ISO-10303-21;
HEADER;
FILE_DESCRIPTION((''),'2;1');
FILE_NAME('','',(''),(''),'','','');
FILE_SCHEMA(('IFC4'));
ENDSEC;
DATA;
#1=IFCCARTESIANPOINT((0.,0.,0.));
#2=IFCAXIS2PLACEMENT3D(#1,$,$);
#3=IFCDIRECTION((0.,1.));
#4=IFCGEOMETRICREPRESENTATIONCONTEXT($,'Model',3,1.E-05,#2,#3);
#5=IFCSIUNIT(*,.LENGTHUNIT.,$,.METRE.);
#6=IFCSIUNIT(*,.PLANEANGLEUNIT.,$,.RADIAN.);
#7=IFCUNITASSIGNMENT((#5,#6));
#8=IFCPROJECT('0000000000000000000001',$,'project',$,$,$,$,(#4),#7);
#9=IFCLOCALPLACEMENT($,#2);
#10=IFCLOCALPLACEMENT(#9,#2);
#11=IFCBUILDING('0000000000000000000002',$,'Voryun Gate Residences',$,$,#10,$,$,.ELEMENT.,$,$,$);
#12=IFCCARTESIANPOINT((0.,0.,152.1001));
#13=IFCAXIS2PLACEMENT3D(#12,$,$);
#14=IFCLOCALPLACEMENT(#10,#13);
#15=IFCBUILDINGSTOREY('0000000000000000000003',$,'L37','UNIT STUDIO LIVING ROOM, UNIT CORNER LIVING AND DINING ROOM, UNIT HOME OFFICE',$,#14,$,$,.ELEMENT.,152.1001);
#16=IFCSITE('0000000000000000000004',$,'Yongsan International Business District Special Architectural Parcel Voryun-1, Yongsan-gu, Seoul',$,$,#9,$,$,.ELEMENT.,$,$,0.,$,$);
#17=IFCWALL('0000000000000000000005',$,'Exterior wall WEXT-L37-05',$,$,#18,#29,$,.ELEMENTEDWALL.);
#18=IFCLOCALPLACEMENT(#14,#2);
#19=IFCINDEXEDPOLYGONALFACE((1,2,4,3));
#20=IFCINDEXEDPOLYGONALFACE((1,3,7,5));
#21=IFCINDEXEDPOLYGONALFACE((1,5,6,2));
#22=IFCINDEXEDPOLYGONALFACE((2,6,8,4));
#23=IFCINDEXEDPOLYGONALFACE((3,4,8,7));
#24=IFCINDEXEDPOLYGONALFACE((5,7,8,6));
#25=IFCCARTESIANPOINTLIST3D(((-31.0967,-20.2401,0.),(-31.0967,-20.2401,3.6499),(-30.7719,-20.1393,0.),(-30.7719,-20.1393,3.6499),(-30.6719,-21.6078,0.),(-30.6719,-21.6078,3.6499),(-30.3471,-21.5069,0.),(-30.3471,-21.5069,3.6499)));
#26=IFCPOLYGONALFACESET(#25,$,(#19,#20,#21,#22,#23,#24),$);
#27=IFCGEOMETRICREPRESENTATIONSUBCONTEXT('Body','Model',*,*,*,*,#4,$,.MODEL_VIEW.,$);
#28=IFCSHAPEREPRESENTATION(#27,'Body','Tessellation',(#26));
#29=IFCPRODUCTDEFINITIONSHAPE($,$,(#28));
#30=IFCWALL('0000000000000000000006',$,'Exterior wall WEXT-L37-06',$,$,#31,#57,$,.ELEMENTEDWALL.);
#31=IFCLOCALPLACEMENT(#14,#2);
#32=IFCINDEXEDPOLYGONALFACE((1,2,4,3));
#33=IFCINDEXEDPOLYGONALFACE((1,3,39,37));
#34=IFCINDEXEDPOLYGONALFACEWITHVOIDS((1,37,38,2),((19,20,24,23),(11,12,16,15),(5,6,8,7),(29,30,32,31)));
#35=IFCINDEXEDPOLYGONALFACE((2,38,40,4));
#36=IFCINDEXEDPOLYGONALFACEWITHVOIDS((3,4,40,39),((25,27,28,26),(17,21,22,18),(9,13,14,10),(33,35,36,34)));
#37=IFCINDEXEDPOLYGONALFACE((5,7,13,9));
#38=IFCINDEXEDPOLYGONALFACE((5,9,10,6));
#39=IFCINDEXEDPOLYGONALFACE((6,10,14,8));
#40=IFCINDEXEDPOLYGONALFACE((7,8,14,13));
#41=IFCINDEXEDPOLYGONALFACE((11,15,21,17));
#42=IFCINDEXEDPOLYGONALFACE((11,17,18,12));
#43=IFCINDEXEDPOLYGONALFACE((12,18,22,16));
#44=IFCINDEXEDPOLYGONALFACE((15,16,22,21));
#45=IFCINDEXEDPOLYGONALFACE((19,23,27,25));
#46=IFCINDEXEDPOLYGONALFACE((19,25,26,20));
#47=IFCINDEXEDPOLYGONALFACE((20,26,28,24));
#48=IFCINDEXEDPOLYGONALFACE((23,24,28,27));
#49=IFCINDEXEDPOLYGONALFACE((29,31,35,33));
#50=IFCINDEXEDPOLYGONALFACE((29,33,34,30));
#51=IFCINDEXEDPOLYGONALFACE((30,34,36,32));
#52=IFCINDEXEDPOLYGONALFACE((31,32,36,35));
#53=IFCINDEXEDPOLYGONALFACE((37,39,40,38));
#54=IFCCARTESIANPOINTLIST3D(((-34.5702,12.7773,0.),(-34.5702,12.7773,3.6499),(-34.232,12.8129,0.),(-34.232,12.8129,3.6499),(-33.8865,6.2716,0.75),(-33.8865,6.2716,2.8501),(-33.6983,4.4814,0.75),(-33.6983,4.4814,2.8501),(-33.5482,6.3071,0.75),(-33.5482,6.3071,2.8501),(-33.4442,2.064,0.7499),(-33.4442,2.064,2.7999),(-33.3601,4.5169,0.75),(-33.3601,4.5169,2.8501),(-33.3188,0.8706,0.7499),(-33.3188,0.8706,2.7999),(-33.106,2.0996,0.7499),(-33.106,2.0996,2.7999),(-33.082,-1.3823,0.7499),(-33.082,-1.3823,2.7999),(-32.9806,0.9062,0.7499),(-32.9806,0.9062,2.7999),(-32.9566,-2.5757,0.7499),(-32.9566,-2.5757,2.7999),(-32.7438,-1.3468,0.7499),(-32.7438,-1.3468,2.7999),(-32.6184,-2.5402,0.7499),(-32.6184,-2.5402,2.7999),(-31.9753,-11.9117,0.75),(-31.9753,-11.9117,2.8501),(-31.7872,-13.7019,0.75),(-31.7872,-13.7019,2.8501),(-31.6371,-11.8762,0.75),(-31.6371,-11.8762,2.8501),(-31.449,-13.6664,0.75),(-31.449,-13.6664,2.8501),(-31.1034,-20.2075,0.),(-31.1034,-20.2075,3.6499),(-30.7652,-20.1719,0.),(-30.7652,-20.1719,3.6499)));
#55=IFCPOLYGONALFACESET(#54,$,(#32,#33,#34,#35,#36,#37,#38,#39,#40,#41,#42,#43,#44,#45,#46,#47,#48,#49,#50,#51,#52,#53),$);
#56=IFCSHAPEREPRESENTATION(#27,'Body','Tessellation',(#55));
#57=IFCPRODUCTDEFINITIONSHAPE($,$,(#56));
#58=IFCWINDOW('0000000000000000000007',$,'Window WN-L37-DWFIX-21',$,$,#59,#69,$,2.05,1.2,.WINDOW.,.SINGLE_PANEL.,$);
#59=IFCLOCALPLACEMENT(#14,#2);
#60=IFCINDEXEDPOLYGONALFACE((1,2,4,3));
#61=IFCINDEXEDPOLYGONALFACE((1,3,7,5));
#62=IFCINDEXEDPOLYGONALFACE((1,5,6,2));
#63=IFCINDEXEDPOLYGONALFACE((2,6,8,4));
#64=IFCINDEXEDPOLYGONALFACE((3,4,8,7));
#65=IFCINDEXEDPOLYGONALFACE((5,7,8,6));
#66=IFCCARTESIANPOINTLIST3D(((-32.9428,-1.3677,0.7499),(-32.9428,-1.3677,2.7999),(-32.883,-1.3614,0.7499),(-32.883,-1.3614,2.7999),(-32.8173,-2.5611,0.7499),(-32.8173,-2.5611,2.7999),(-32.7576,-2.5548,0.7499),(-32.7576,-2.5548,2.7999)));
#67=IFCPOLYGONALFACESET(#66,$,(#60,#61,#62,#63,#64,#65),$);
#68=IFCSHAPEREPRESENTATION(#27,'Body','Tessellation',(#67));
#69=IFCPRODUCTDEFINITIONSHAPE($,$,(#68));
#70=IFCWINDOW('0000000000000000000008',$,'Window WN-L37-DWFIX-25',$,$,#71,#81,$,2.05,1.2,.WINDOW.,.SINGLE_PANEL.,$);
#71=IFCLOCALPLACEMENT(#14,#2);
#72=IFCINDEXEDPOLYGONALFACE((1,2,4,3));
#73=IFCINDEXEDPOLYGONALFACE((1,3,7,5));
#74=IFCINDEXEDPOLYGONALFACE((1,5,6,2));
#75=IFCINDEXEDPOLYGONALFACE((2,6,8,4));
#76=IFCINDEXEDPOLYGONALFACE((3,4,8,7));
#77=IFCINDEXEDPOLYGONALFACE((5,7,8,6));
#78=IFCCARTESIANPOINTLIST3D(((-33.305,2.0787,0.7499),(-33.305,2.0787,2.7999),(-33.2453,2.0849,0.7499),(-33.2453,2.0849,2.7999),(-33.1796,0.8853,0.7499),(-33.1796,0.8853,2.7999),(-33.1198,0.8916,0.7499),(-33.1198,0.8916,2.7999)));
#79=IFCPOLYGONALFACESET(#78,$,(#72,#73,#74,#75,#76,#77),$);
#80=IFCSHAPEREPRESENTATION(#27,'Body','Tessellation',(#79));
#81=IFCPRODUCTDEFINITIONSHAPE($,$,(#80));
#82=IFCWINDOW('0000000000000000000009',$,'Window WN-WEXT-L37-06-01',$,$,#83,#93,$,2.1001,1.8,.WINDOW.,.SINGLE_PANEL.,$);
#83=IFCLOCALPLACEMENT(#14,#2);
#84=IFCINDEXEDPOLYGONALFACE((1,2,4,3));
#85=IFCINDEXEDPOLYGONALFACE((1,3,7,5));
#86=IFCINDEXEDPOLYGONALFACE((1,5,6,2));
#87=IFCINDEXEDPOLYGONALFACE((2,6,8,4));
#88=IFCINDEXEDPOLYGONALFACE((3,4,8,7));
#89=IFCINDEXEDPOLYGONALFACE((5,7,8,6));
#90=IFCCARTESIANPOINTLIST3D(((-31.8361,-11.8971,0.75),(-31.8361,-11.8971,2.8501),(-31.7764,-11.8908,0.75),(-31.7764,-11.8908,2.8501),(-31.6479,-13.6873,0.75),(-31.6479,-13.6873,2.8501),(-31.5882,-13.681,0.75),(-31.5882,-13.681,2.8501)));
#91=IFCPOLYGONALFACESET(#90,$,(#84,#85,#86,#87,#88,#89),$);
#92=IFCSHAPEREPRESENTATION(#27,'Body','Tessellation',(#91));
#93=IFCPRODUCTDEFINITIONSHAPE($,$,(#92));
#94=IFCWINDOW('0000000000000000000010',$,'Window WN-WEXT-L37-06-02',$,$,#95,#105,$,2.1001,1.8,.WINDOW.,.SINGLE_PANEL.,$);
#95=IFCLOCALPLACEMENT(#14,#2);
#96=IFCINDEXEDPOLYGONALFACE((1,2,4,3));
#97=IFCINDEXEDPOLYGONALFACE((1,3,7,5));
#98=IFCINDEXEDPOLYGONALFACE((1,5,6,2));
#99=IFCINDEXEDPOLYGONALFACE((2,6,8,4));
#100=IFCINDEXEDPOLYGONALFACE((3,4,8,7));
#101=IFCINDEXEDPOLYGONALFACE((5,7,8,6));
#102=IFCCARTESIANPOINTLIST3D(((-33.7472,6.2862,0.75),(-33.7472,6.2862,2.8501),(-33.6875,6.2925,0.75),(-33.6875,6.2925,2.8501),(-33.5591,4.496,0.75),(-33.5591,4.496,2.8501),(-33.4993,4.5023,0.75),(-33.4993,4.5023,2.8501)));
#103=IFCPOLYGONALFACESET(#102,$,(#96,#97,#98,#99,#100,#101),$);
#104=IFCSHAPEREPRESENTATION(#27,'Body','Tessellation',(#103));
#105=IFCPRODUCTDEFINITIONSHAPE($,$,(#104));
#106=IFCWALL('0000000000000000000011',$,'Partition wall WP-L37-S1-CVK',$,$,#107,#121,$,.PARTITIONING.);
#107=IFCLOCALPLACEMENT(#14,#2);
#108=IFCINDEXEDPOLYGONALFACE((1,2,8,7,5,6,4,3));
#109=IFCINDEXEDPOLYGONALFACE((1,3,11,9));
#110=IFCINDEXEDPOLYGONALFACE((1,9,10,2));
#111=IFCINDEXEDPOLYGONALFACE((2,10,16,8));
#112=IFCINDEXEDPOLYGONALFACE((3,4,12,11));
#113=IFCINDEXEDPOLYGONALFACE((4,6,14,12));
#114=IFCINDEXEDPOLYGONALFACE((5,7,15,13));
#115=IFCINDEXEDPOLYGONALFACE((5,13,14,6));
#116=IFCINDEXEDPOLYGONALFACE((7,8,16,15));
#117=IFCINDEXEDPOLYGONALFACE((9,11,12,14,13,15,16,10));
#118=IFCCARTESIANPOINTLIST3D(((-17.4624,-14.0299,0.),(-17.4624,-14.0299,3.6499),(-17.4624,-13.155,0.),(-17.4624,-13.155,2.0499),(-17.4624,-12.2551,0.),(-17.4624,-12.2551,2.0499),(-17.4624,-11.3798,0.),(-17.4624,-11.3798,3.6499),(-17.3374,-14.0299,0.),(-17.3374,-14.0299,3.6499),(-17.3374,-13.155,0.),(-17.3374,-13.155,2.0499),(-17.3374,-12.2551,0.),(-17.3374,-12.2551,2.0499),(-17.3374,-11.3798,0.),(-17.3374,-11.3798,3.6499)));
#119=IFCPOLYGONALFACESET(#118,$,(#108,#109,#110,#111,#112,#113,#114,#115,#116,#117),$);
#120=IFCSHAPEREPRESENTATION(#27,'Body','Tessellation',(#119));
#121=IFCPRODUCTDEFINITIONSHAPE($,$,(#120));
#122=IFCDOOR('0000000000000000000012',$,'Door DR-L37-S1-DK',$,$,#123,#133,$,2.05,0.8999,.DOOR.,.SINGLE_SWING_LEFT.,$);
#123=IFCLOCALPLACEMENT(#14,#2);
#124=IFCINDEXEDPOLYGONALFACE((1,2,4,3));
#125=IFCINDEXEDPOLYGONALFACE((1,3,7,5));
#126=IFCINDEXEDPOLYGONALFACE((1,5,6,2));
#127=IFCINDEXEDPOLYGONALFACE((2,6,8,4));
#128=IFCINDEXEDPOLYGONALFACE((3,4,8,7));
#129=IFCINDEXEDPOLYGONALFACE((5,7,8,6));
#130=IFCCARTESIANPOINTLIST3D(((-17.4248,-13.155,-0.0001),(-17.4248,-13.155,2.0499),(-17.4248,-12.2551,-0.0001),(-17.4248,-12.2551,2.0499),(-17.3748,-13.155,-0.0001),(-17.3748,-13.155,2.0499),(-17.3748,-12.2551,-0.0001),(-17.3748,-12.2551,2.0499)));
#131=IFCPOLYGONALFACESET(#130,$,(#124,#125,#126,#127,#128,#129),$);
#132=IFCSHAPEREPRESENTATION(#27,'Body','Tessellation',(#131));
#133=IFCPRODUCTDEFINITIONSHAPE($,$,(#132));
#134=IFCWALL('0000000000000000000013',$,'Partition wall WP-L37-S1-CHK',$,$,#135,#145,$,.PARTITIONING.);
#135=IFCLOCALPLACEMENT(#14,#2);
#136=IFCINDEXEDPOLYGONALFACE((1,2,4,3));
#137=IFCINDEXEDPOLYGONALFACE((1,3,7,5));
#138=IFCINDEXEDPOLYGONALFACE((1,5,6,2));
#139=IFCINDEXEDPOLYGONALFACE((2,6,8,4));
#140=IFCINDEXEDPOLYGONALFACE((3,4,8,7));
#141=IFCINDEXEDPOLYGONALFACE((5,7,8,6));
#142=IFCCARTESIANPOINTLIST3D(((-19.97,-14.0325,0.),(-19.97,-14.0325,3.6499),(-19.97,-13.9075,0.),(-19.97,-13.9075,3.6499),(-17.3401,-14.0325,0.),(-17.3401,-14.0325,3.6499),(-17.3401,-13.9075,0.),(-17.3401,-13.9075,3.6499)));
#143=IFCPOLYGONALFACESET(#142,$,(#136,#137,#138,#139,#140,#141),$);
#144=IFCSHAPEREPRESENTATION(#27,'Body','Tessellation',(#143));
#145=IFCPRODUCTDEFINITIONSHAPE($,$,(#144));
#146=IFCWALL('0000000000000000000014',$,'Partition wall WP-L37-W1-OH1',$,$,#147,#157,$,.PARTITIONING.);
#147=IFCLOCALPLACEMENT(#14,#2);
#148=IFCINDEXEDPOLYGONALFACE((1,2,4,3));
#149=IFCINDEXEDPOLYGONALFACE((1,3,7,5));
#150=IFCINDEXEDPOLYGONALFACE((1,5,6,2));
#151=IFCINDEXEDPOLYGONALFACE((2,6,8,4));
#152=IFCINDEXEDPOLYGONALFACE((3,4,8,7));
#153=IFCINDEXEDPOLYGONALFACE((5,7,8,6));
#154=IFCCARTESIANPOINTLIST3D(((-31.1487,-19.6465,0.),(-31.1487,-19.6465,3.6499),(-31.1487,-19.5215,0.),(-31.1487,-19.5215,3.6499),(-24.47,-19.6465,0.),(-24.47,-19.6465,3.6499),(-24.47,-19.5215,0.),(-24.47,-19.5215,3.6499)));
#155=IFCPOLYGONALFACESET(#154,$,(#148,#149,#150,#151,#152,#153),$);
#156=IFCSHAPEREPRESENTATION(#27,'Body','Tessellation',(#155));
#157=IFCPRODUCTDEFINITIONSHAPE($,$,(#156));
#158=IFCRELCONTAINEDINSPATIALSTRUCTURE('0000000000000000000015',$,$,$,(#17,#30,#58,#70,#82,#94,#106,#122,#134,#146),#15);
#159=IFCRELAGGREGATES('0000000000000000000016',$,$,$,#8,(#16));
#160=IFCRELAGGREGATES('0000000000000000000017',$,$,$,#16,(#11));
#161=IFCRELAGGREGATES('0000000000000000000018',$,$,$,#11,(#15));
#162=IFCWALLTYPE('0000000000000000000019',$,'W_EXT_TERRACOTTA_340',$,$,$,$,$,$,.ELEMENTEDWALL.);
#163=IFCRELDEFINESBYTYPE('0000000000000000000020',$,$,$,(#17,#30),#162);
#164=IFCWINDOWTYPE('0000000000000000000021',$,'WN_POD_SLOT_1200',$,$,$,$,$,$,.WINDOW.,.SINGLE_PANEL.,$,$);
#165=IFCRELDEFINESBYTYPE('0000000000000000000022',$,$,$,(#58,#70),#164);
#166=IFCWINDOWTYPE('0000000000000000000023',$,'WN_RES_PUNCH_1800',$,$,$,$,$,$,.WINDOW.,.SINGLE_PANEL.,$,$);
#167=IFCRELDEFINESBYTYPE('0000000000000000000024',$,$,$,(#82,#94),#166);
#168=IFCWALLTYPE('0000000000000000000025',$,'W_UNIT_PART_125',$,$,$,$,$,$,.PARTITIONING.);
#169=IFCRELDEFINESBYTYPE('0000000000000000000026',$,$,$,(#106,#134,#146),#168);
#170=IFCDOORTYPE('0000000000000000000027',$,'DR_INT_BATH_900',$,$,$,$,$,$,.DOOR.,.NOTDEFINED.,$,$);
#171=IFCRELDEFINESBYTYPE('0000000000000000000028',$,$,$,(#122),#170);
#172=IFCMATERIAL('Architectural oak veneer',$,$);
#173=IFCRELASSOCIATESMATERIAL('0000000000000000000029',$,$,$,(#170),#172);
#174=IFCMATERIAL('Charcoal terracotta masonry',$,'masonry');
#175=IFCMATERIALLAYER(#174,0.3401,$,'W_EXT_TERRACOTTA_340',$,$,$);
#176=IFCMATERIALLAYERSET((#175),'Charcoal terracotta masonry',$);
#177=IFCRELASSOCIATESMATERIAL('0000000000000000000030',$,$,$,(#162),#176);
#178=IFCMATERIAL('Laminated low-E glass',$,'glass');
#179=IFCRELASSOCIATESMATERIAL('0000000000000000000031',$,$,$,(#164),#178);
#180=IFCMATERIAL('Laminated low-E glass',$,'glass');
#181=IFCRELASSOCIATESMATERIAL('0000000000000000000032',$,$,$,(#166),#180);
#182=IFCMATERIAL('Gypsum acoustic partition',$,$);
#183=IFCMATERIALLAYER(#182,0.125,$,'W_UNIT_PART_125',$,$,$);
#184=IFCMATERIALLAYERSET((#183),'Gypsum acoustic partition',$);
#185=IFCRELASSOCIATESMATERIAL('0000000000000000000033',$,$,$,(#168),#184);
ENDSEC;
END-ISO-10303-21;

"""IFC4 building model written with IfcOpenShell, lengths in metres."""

from ifc_helpers import new_model, si_unit, direction, frame, frame_2d, origin, place, context, subcontext, project, spatial, rectangle, extrude, material, layer, layer_set, type_object, element, fill, save


model = new_model("IFC4")

# Units and contexts
model_context = context("Model", 3, precision=1e-05, world=origin(), true_north=direction((0.0, 1.0)))
body_context = subcontext(model_context, "Body", "Model", "MODEL_VIEW")
ifc_project = project(units=[si_unit("LENGTHUNIT", "METRE"), si_unit("PLANEANGLEUNIT", "RADIAN")], contexts=[model_context])

# Site, building, storey
site_placement = place(None, origin())
site = spatial("IfcSite", under=ifc_project, at=site_placement, Name="Yongsan International Business District Special Architectural Parcel Voryun-1, Yongsan-gu, Seoul", CompositionType="ELEMENT", RefElevation=0.0)
building_placement = place(site_placement, origin())
building = spatial("IfcBuilding", under=site, at=building_placement, Name="Voryun Gate Residences", CompositionType="ELEMENT")
storey_placement = place(building_placement, frame((0.0, 0.0, 152.1001)))
storey = spatial("IfcBuildingStorey", under=building, at=storey_placement, Name="L37", Description="UNIT STUDIO LIVING ROOM, UNIT CORNER LIVING AND DINING ROOM, UNIT HOME OFFICE", CompositionType="ELEMENT", Elevation=152.1001)

# Shared definitions
ifc_material_1 = material(Name="Architectural oak veneer")
door_type_1 = type_object("IfcDoorType", Name="DR_INT_BATH_900", OperationType="NOTDEFINED", PredefinedType="DOOR", material=ifc_material_1)

# Wall
ifc_material_2 = material(Name="Charcoal terracotta masonry", Category="masonry")
ifc_layer_1 = layer(ifc_material_2, 0.3401, Name="W_EXT_TERRACOTTA_340")
ifc_layer_set_1 = layer_set([ifc_layer_1], Name="Charcoal terracotta masonry")
wall_type_1 = type_object("IfcWallType", Name="W_EXT_TERRACOTTA_340", PredefinedType="ELEMENTEDWALL", material=ifc_layer_set_1)
wall_1_placement = place(storey_placement, frame((-30.5095, -21.5574, 0.0), z_axis=(0.0, 0.0, 1.0), x_axis=(-0.296624, 0.954994, 0.0)))
element("IfcWall", 1, at=wall_1_placement, inside=storey, type_object=wall_type_1, Name="Exterior wall WEXT-L37-05", PredefinedType="ELEMENTEDWALL", context=body_context, shape_type="SweptSolid", body=[
    extrude(rectangle(XDim=1.4321, YDim=0.3401, at=frame_2d((0.7161, 0.0))), origin(), (0.0, 0.0, 1.0), 3.6499),
])

# Wall, openings, windows
wall_2_placement = place(storey_placement, frame((-30.9343, -20.1897, 0.0), z_axis=(0.0, 0.0, 1.0), x_axis=(-0.104527, 0.994522, 0.0)))
wall_2 = element("IfcWall", 2, at=wall_2_placement, inside=storey, type_object=wall_type_1, Name="Exterior wall WEXT-L37-06", PredefinedType="ELEMENTEDWALL", context=body_context, shape_type="SweptSolid", body=[
    extrude(rectangle(XDim=33.1665, YDim=0.3401, at=frame_2d((16.5833, 0.0))), origin(), (0.0, 0.0, 1.0), 3.6499),
])
opening_1_placement = place(wall_2_placement, frame((6.5415, 0.0, 0.75)))
opening_1 = element("IfcOpeningElement", 3, at=opening_1_placement, cuts=wall_2, PredefinedType="OPENING", context=body_context, shape_type="SweptSolid", body=[
    extrude(rectangle(XDim=1.8, YDim=2.1001, at=frame_2d((0.8999, 1.05))), frame((0.0, 0.1799, 0.0), z_axis=(0.0, -1.0, 0.0), x_axis=(1.0, 0.0, 0.0)), (0.0, 0.0, 1.0), 0.3601),
])
opening_2_placement = place(wall_2_placement, frame((24.825, 0.0, 0.75)))
opening_2 = element("IfcOpeningElement", 4, at=opening_2_placement, cuts=wall_2, PredefinedType="OPENING", context=body_context, shape_type="SweptSolid", body=[
    extrude(rectangle(XDim=1.8, YDim=2.1001, at=frame_2d((0.8999, 1.05))), frame((0.0, 0.1799, 0.0), z_axis=(0.0, -1.0, 0.0), x_axis=(1.0, 0.0, 0.0)), (0.0, 0.0, 1.0), 0.3601),
])
opening_3_placement = place(wall_2_placement, frame((17.7288, 0.0, 0.75)))
opening_3 = element("IfcOpeningElement", 5, at=opening_3_placement, cuts=wall_2, PredefinedType="OPENING", context=body_context, shape_type="SweptSolid", body=[
    extrude(rectangle(XDim=1.2, YDim=2.05, at=frame_2d((0.6001, 1.0249))), frame((0.0, 0.1799, 0.0), z_axis=(0.0, -1.0, 0.0), x_axis=(1.0, 0.0, 0.0)), (0.0, 0.0, 1.0), 0.3601),
])
opening_4_placement = place(wall_2_placement, frame((21.1941, 0.0, 0.75)))
opening_4 = element("IfcOpeningElement", 6, at=opening_4_placement, cuts=wall_2, PredefinedType="OPENING", context=body_context, shape_type="SweptSolid", body=[
    extrude(rectangle(XDim=1.2, YDim=2.05, at=frame_2d((0.6001, 1.0249))), frame((0.0, 0.1799, 0.0), z_axis=(0.0, -1.0, 0.0), x_axis=(1.0, 0.0, 0.0)), (0.0, 0.0, 1.0), 0.3601),
])
ifc_material_3 = material(Name="Laminated low-E glass", Category="glass")
window_type_1 = type_object("IfcWindowType", Name="WN_POD_SLOT_1200", PartitioningType="SINGLE_PANEL", PredefinedType="WINDOW", material=ifc_material_3)
window_1_placement = place(opening_3_placement, origin())
window_1 = element("IfcWindow", 7, at=window_1_placement, inside=storey, type_object=window_type_1, Name="Window WN-L37-DWFIX-21", OverallHeight=2.05, OverallWidth=1.2, PartitioningType="SINGLE_PANEL", PredefinedType="WINDOW", context=body_context, shape_type="SweptSolid", body=[
    extrude(rectangle(XDim=1.2, YDim=2.05, at=frame_2d((0.6001, 1.0249))), frame((0.0, 0.03, 0.0), z_axis=(0.0, -1.0, 0.0), x_axis=(1.0, 0.0, 0.0)), (0.0, 0.0, 1.0), 0.0601),
])
fill(opening_3, window_1)
window_2_placement = place(opening_4_placement, origin())
window_2 = element("IfcWindow", 8, at=window_2_placement, inside=storey, type_object=window_type_1, Name="Window WN-L37-DWFIX-25", OverallHeight=2.05, OverallWidth=1.2, PartitioningType="SINGLE_PANEL", PredefinedType="WINDOW", context=body_context, shape_type="SweptSolid", body=[
    extrude(rectangle(XDim=1.2, YDim=2.05, at=frame_2d((0.6001, 1.0249))), frame((0.0, 0.03, 0.0), z_axis=(0.0, -1.0, 0.0), x_axis=(1.0, 0.0, 0.0)), (0.0, 0.0, 1.0), 0.0601),
])
fill(opening_4, window_2)
ifc_material_4 = material(Name="Laminated low-E glass", Category="glass")
window_type_2 = type_object("IfcWindowType", Name="WN_RES_PUNCH_1800", PartitioningType="SINGLE_PANEL", PredefinedType="WINDOW", material=ifc_material_4)
window_3_placement = place(opening_1_placement, origin())
window_3 = element("IfcWindow", 9, at=window_3_placement, inside=storey, type_object=window_type_2, Name="Window WN-WEXT-L37-06-01", OverallHeight=2.1001, OverallWidth=1.8, PartitioningType="SINGLE_PANEL", PredefinedType="WINDOW", context=body_context, shape_type="SweptSolid", body=[
    extrude(rectangle(XDim=1.8, YDim=2.1001, at=frame_2d((0.8999, 1.05))), frame((0.0, 0.03, 0.0), z_axis=(0.0, -1.0, 0.0), x_axis=(1.0, 0.0, 0.0)), (0.0, 0.0, 1.0), 0.0601),
])
fill(opening_1, window_3)
window_4_placement = place(opening_2_placement, origin())
window_4 = element("IfcWindow", 10, at=window_4_placement, inside=storey, type_object=window_type_2, Name="Window WN-WEXT-L37-06-02", OverallHeight=2.1001, OverallWidth=1.8, PartitioningType="SINGLE_PANEL", PredefinedType="WINDOW", context=body_context, shape_type="SweptSolid", body=[
    extrude(rectangle(XDim=1.8, YDim=2.1001, at=frame_2d((0.8999, 1.05))), frame((0.0, 0.03, 0.0), z_axis=(0.0, -1.0, 0.0), x_axis=(1.0, 0.0, 0.0)), (0.0, 0.0, 1.0), 0.0601),
])
fill(opening_2, window_4)

# Wall, opening, door
ifc_material_5 = material(Name="Gypsum acoustic partition")
ifc_layer_2 = layer(ifc_material_5, 0.125, Name="W_UNIT_PART_125")
ifc_layer_set_2 = layer_set([ifc_layer_2], Name="Gypsum acoustic partition")
wall_type_2 = type_object("IfcWallType", Name="W_UNIT_PART_125", PredefinedType="PARTITIONING", material=ifc_layer_set_2)
wall_3_placement = place(storey_placement, frame((-17.3999, -14.03, 0.0), z_axis=(0.0, 0.0, 1.0), x_axis=(0.0, 1.0, 0.0)))
wall_3 = element("IfcWall", 11, at=wall_3_placement, inside=storey, type_object=wall_type_2, Name="Partition wall WP-L37-S1-CVK", PredefinedType="PARTITIONING", context=body_context, shape_type="SweptSolid", body=[
    extrude(rectangle(XDim=2.6501, YDim=0.125, at=frame_2d((1.3252, 0.0))), origin(), (0.0, 0.0, 1.0), 3.6499),
])
opening_5_placement = place(wall_3_placement, frame((0.875, 0.0, 0.0)))
opening_5 = element("IfcOpeningElement", 12, at=opening_5_placement, cuts=wall_3, PredefinedType="OPENING", context=body_context, shape_type="SweptSolid", body=[
    extrude(rectangle(XDim=0.8999, YDim=2.05, at=frame_2d((0.45, 1.0249))), frame((0.0, 0.0725, 0.0), z_axis=(0.0, -1.0, 0.0), x_axis=(1.0, 0.0, 0.0)), (0.0, 0.0, 1.0), 0.145),
])
door_1_placement = place(opening_5_placement, origin())
door_1 = element("IfcDoor", 13, at=door_1_placement, inside=storey, type_object=door_type_1, Name="Door DR-L37-S1-DK", OperationType="SINGLE_SWING_LEFT", OverallHeight=2.05, OverallWidth=0.8999, PredefinedType="DOOR", context=body_context, shape_type="SweptSolid", body=[
    extrude(rectangle(XDim=0.8999, YDim=2.05, at=frame_2d((0.45, 1.0249))), frame((0.0, 0.0249, 0.0), z_axis=(0.0, -1.0, 0.0), x_axis=(1.0, 0.0, 0.0)), (0.0, 0.0, 1.0), 0.05),
])
fill(opening_5, door_1)

# Walls
wall_4_placement = place(storey_placement, frame((-19.97, -13.97, 0.0), z_axis=(0.0, 0.0, 1.0), x_axis=(1.0, 0.0, 0.0)))
element("IfcWall", 14, at=wall_4_placement, inside=storey, type_object=wall_type_2, Name="Partition wall WP-L37-S1-CHK", PredefinedType="PARTITIONING", context=body_context, shape_type="SweptSolid", body=[
    extrude(rectangle(XDim=2.6299, YDim=0.125, at=frame_2d((1.3149, 0.0))), origin(), (0.0, 0.0, 1.0), 3.6499),
])
wall_5_placement = place(storey_placement, frame((-31.1487, -19.584, 0.0), z_axis=(0.0, 0.0, 1.0), x_axis=(1.0, 0.0, 0.0)))
element("IfcWall", 15, at=wall_5_placement, inside=storey, type_object=wall_type_2, Name="Partition wall WP-L37-W1-OH1", PredefinedType="PARTITIONING", context=body_context, shape_type="SweptSolid", body=[
    extrude(rectangle(XDim=6.6787, YDim=0.125, at=frame_2d((3.3394, 0.0))), origin(), (0.0, 0.0, 1.0), 3.6499),
])

save(model, "model.ifc")
